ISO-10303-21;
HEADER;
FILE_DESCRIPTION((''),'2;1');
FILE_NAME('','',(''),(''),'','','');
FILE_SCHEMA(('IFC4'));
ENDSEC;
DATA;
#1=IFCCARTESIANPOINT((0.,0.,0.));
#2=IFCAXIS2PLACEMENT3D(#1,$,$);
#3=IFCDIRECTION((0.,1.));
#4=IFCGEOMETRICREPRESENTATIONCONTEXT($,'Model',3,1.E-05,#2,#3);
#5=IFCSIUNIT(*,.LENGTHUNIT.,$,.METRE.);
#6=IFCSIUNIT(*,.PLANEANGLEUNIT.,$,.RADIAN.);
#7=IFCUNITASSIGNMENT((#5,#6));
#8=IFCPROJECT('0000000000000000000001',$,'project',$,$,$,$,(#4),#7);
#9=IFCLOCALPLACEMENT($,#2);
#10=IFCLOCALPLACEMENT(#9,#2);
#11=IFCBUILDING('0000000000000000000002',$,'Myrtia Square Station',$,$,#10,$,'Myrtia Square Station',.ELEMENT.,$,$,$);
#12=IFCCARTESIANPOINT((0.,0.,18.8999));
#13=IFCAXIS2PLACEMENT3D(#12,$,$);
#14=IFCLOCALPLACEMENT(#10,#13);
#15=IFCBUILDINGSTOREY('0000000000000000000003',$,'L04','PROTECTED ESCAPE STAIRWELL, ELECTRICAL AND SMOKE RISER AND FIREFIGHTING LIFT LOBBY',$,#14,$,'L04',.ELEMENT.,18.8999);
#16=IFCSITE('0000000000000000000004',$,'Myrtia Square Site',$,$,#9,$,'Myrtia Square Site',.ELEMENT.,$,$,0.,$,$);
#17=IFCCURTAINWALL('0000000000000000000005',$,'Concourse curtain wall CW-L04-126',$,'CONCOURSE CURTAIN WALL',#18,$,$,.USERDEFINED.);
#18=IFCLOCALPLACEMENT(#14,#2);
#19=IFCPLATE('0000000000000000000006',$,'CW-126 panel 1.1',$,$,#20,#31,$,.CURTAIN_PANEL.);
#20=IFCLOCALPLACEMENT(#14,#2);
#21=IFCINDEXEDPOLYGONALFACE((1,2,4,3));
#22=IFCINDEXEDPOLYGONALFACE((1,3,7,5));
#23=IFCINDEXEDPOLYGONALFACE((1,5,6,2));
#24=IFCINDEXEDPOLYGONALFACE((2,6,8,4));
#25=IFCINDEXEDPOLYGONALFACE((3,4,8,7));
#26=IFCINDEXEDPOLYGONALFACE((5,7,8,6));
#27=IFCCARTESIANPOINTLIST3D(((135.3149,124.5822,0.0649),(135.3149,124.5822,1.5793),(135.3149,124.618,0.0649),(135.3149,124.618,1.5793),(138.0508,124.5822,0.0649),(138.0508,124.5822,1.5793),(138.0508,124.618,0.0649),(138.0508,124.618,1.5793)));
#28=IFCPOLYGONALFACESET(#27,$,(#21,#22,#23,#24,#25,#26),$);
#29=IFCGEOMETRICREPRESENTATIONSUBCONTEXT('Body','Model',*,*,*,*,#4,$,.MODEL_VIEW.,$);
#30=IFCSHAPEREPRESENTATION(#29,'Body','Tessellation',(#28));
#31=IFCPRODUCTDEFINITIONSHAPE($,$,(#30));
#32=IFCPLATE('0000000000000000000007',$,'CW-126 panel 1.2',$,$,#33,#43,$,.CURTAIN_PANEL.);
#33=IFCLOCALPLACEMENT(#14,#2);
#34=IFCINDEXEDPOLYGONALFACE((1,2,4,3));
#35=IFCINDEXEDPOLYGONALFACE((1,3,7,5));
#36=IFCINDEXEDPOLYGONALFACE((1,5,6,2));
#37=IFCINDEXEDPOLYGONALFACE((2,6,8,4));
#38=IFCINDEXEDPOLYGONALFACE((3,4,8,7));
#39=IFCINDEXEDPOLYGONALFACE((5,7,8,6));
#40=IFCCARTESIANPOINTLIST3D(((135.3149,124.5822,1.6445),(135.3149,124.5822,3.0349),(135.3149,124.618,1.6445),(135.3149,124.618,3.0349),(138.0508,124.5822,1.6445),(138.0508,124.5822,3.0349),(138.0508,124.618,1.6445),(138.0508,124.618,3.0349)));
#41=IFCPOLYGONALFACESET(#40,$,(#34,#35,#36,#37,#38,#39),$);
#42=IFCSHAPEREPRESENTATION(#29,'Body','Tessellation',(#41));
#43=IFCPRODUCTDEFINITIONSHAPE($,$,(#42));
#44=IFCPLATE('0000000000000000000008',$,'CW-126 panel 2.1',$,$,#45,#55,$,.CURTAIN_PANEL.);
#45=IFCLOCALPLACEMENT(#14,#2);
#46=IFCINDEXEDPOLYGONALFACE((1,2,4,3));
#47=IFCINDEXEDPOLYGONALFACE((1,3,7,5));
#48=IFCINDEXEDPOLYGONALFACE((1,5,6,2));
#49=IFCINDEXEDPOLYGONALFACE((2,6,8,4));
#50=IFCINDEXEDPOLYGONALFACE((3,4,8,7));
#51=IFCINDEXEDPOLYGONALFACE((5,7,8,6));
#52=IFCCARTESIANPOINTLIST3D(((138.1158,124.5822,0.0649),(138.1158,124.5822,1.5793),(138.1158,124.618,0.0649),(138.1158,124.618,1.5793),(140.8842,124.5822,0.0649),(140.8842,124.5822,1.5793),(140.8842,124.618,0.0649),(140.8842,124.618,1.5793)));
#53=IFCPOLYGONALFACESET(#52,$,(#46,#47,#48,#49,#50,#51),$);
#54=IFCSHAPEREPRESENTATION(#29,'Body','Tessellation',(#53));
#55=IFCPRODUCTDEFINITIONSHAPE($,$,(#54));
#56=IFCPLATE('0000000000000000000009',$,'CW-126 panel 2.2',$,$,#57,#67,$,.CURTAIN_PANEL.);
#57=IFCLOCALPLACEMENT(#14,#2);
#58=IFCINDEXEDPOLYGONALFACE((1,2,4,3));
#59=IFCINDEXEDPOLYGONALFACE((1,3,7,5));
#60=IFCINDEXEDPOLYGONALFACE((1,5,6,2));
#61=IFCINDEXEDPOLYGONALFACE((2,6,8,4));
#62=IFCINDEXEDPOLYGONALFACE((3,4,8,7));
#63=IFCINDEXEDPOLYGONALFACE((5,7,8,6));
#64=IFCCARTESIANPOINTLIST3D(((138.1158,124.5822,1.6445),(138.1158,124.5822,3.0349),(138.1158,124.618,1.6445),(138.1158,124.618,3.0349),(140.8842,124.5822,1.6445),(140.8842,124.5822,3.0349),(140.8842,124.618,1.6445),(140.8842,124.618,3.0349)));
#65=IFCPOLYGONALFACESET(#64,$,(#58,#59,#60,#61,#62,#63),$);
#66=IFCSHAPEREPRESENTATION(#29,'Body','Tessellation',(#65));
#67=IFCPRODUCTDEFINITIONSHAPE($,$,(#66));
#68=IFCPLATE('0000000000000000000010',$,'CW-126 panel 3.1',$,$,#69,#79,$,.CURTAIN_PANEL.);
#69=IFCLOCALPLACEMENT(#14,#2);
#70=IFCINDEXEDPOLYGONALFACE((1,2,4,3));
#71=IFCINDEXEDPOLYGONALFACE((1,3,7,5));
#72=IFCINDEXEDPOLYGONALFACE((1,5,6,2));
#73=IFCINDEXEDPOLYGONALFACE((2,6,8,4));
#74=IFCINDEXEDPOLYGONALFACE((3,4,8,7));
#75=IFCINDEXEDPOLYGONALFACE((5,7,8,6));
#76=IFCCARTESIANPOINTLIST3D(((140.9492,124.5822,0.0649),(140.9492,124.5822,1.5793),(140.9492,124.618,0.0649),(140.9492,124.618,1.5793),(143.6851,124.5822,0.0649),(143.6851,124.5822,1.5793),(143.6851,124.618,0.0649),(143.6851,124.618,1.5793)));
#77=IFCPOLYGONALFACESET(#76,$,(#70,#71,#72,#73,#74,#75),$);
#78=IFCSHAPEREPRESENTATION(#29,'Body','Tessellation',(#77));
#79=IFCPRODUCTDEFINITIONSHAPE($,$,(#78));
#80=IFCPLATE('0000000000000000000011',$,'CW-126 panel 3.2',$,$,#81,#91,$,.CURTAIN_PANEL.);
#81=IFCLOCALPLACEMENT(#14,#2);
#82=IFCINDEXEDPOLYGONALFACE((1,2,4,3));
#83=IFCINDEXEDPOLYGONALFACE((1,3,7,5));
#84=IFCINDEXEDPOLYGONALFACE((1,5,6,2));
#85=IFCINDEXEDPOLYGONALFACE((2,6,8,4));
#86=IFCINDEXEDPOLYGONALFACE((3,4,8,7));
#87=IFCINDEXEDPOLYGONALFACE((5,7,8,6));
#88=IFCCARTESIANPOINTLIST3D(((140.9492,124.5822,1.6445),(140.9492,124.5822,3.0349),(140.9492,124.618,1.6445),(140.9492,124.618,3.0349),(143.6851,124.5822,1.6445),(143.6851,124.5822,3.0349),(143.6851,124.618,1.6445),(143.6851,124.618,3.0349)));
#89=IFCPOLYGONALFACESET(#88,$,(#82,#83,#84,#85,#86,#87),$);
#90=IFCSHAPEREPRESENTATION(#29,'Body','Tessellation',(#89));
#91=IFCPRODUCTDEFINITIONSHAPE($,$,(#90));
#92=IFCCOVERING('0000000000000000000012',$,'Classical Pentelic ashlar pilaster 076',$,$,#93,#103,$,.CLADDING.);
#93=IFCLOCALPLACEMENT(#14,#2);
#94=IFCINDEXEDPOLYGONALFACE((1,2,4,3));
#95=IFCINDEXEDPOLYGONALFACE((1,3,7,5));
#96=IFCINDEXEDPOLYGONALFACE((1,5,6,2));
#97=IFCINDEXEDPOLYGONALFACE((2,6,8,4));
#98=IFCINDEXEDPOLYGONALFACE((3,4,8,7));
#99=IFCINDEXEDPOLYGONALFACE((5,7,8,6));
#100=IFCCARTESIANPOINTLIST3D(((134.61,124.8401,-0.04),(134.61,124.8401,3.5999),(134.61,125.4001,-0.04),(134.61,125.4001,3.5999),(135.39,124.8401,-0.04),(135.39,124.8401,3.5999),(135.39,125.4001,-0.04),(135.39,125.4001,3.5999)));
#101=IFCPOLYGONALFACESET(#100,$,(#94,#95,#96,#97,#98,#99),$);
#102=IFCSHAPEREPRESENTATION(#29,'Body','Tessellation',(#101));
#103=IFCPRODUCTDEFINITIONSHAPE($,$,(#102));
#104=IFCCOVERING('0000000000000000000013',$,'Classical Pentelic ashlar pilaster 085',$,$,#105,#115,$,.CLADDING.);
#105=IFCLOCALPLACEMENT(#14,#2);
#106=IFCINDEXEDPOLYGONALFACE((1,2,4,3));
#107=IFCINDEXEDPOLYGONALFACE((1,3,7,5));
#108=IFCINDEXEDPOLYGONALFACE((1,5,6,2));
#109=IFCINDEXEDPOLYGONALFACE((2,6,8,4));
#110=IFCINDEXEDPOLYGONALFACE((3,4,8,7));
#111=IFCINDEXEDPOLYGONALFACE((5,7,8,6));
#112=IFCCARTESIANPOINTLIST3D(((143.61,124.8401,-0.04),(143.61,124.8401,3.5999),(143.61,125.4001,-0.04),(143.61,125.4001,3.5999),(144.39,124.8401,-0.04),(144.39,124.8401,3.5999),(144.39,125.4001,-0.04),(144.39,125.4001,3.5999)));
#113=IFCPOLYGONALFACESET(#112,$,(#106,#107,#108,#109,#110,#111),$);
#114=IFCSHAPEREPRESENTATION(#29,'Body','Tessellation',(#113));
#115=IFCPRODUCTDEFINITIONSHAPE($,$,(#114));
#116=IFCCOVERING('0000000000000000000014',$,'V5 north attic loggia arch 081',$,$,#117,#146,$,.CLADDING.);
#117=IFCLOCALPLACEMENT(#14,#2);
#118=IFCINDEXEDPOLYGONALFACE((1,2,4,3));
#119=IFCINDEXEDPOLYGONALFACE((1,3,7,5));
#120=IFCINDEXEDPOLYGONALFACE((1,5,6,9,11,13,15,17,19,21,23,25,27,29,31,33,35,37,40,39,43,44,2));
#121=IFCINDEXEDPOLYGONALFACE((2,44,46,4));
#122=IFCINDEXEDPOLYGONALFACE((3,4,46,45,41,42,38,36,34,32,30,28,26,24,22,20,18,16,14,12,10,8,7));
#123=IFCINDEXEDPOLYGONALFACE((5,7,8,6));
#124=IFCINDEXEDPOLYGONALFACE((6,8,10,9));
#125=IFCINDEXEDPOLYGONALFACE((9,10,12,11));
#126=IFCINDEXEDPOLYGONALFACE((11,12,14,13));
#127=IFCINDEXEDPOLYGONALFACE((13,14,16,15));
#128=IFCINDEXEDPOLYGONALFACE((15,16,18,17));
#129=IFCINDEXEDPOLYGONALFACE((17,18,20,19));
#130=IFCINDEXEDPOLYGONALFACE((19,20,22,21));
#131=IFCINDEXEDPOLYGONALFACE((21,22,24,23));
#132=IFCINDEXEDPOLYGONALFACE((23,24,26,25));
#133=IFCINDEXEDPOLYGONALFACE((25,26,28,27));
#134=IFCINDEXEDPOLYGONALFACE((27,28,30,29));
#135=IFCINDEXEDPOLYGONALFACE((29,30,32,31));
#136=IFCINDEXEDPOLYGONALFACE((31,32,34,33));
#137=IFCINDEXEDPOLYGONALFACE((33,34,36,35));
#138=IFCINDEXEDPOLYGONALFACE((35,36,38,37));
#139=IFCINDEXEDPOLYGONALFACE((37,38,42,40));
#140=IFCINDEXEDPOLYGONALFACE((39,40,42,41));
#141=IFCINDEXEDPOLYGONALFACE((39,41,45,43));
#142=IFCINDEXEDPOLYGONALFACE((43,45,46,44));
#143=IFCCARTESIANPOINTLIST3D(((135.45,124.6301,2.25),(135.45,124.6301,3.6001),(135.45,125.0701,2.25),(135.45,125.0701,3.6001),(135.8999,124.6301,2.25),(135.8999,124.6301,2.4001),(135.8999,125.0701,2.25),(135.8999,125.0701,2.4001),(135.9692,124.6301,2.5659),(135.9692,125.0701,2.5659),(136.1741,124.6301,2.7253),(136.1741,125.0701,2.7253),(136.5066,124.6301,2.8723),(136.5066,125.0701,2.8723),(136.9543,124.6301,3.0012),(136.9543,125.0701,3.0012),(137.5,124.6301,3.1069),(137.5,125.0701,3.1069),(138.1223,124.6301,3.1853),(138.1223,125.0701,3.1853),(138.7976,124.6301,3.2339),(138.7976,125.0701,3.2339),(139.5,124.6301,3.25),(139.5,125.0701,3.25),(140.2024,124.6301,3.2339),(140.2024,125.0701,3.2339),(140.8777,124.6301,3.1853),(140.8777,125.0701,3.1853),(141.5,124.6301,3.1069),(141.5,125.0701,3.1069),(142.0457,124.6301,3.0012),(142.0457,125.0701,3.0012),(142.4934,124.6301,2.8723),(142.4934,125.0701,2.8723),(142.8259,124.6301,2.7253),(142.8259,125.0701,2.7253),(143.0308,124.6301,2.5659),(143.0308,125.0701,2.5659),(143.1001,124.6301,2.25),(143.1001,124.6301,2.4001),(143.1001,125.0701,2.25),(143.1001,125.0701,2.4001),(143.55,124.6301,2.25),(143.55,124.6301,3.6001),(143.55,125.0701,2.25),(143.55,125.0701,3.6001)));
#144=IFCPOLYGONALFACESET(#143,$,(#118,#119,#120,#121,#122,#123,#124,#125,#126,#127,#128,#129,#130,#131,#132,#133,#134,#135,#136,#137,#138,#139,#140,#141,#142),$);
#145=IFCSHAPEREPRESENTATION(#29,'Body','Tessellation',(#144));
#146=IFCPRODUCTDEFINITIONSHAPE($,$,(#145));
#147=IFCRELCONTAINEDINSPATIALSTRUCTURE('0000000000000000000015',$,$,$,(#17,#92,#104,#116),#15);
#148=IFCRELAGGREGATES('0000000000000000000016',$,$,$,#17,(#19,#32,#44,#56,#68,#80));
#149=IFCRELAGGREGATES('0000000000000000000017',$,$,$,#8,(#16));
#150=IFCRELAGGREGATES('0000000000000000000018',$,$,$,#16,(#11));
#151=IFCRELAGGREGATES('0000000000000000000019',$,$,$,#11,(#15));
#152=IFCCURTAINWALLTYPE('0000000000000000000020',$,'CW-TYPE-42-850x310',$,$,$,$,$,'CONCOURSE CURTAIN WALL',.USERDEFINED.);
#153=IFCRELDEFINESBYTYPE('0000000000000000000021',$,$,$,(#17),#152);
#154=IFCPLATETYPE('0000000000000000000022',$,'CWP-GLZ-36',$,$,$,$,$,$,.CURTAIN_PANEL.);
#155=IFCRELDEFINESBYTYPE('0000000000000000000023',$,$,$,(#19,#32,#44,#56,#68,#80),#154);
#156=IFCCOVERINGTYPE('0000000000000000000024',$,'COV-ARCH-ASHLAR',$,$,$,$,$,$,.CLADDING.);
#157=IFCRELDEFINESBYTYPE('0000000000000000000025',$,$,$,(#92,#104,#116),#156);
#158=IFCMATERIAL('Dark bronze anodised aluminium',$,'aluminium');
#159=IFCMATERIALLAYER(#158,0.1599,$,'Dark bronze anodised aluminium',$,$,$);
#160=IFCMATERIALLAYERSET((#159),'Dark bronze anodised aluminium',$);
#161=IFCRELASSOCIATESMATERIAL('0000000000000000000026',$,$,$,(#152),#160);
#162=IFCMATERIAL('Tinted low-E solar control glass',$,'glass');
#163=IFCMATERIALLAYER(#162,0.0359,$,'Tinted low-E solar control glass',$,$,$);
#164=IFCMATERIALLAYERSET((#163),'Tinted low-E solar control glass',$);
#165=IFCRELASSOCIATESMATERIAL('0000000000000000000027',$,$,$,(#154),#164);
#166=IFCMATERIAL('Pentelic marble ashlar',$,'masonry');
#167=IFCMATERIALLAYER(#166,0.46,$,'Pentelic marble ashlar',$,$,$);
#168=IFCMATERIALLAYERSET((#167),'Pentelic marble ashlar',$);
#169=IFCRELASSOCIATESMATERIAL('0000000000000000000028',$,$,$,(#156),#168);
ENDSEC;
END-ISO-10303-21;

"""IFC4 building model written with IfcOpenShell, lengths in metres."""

from ifc_helpers import new_model, si_unit, direction, frame, origin, origin_2d, place, context, subcontext, project, spatial, polyline, rectangle, outline, extrude, material, layer, layer_set, type_object, element, aggregate, save


model = new_model("IFC4")

# Units and contexts
model_context = context("Model", 3, precision=1e-05, world=origin(), true_north=direction((0.0, 1.0)))
body_context = subcontext(model_context, "Body", "Model", "MODEL_VIEW")
ifc_project = project(units=[si_unit("LENGTHUNIT", "METRE"), si_unit("PLANEANGLEUNIT", "RADIAN")], contexts=[model_context])

# Site, building, storey
site_placement = place(None, origin())
site = spatial("IfcSite", under=ifc_project, at=site_placement, Name="Myrtia Square Site", LongName="Myrtia Square Site", CompositionType="ELEMENT", RefElevation=0.0)
building_placement = place(site_placement, origin())
building = spatial("IfcBuilding", under=site, at=building_placement, Name="Myrtia Square Station", LongName="Myrtia Square Station", CompositionType="ELEMENT")
storey_placement = place(building_placement, frame((0.0, 0.0, 18.8999)))
storey = spatial("IfcBuildingStorey", under=building, at=storey_placement, Name="L04", Description="PROTECTED ESCAPE STAIRWELL, ELECTRICAL AND SMOKE RISER AND FIREFIGHTING LIFT LOBBY", LongName="L04", CompositionType="ELEMENT", Elevation=18.8999)

# Shared definitions
ifc_material_1 = material(Name="Dark bronze anodised aluminium", Category="aluminium")
ifc_layer_1 = layer(ifc_material_1, 0.1599, Name="Dark bronze anodised aluminium")
ifc_layer_set_1 = layer_set([ifc_layer_1], Name="Dark bronze anodised aluminium")
curtain_wall_type = type_object("IfcCurtainWallType", Name="CW-TYPE-42-850x310", ElementType="CONCOURSE CURTAIN WALL", PredefinedType="USERDEFINED", material=ifc_layer_set_1)

# Curtain wall
curtain_wall_1_placement = place(storey_placement, origin())
curtain_wall_1 = element("IfcCurtainWall", 1, at=curtain_wall_1_placement, inside=storey, type_object=curtain_wall_type, Name="Concourse curtain wall CW-L04-126", ObjectType="CONCOURSE CURTAIN WALL", PredefinedType="USERDEFINED")

# Plates
ifc_material_2 = material(Name="Tinted low-E solar control glass", Category="glass")
ifc_layer_2 = layer(ifc_material_2, 0.0359, Name="Tinted low-E solar control glass")
ifc_layer_set_2 = layer_set([ifc_layer_2], Name="Tinted low-E solar control glass")
plate_type_1 = type_object("IfcPlateType", Name="CWP-GLZ-36", PredefinedType="CURTAIN_PANEL", material=ifc_layer_set_2)
plate_1_placement = place(storey_placement, frame((136.6829, 124.6001, 0.0649), z_axis=(0.0, 0.0, 1.0), x_axis=(1.0, 0.0, 0.0)))
plate_1 = element("IfcPlate", 2, at=plate_1_placement, type_object=plate_type_1, Name="CW-126 panel 1.1", PredefinedType="CURTAIN_PANEL", context=body_context, shape_type="SweptSolid", body=[
    extrude(rectangle(XDim=2.7358, YDim=0.0359, at=origin_2d()), origin(), (0.0, 0.0, 1.0), 1.5144),
])
plate_2_placement = place(storey_placement, frame((136.6829, 124.6001, 1.6445), z_axis=(0.0, 0.0, 1.0), x_axis=(1.0, 0.0, 0.0)))
plate_2 = element("IfcPlate", 3, at=plate_2_placement, type_object=plate_type_1, Name="CW-126 panel 1.2", PredefinedType="CURTAIN_PANEL", context=body_context, shape_type="SweptSolid", body=[
    extrude(rectangle(XDim=2.7358, YDim=0.0359, at=origin_2d()), origin(), (0.0, 0.0, 1.0), 1.3904),
])
plate_3_placement = place(storey_placement, frame((139.5, 124.6001, 0.0649), z_axis=(0.0, 0.0, 1.0), x_axis=(1.0, 0.0, 0.0)))
plate_3 = element("IfcPlate", 4, at=plate_3_placement, type_object=plate_type_1, Name="CW-126 panel 2.1", PredefinedType="CURTAIN_PANEL", context=body_context, shape_type="SweptSolid", body=[
    extrude(rectangle(XDim=2.7683, YDim=0.0359, at=origin_2d()), origin(), (0.0, 0.0, 1.0), 1.5144),
])
plate_4_placement = place(storey_placement, frame((139.5, 124.6001, 1.6445), z_axis=(0.0, 0.0, 1.0), x_axis=(1.0, 0.0, 0.0)))
plate_4 = element("IfcPlate", 5, at=plate_4_placement, type_object=plate_type_1, Name="CW-126 panel 2.2", PredefinedType="CURTAIN_PANEL", context=body_context, shape_type="SweptSolid", body=[
    extrude(rectangle(XDim=2.7683, YDim=0.0359, at=origin_2d()), origin(), (0.0, 0.0, 1.0), 1.3904),
])
plate_5_placement = place(storey_placement, frame((142.3171, 124.6001, 0.0649), z_axis=(0.0, 0.0, 1.0), x_axis=(1.0, 0.0, 0.0)))
plate_5 = element("IfcPlate", 6, at=plate_5_placement, type_object=plate_type_1, Name="CW-126 panel 3.1", PredefinedType="CURTAIN_PANEL", context=body_context, shape_type="SweptSolid", body=[
    extrude(rectangle(XDim=2.7358, YDim=0.0359, at=origin_2d()), origin(), (0.0, 0.0, 1.0), 1.5144),
])
plate_6_placement = place(storey_placement, frame((142.3171, 124.6001, 1.6445), z_axis=(0.0, 0.0, 1.0), x_axis=(1.0, 0.0, 0.0)))
plate_6 = element("IfcPlate", 7, at=plate_6_placement, type_object=plate_type_1, Name="CW-126 panel 3.2", PredefinedType="CURTAIN_PANEL", context=body_context, shape_type="SweptSolid", body=[
    extrude(rectangle(XDim=2.7358, YDim=0.0359, at=origin_2d()), origin(), (0.0, 0.0, 1.0), 1.3904),
])
aggregate(curtain_wall_1, [plate_1, plate_2, plate_3, plate_4, plate_5, plate_6])

# Coverings
ifc_material_3 = material(Name="Pentelic marble ashlar", Category="masonry")
ifc_layer_3 = layer(ifc_material_3, 0.46, Name="Pentelic marble ashlar")
ifc_layer_set_3 = layer_set([ifc_layer_3], Name="Pentelic marble ashlar")
covering_type = type_object("IfcCoveringType", Name="COV-ARCH-ASHLAR", PredefinedType="CLADDING", material=ifc_layer_set_3)
for number, where, z_axis, x_axis, name in (
    (8, (135.0, 125.1201, -0.04), (0.0, 0.0, 1.0), (1.0, 0.0, 0.0), "Classical Pentelic ashlar pilaster 076"),
    (9, (144.0, 125.1201, -0.04), (0.0, 0.0, 1.0), (1.0, 0.0, 0.0), "Classical Pentelic ashlar pilaster 085"),
):
    element("IfcCovering", number, at=place(storey_placement, frame(where, z_axis=z_axis, x_axis=x_axis)), inside=storey, type_object=covering_type, Name=name, PredefinedType="CLADDING", context=body_context, shape_type="SweptSolid", body=[
        extrude(rectangle(XDim=0.78, YDim=0.5601, at=origin_2d()), origin(), (0.0, 0.0, 1.0), 3.6399),
    ])
covering_placement = place(storey_placement, frame((135.45, 124.8501, 2.25), z_axis=(0.0, 0.0, 1.0), x_axis=(1.0, 0.0, 0.0)))
element("IfcCovering", 10, at=covering_placement, inside=storey, type_object=covering_type, Name="V5 north attic loggia arch 081", PredefinedType="CLADDING", context=body_context, shape_type="SweptSolid", body=[
    extrude(outline(polyline([(0.0, 0.0), (0.45, 0.0), (0.45, 0.1501), (0.5193, 0.3159), (0.7241, 0.4753), (1.0566, 0.6223), (1.5044, 0.7512), (2.05, 0.8569), (2.6724, 0.9353), (3.3477, 0.9839), (4.05, 1.0), (4.7524, 0.9839), (5.4277, 0.9353), (6.05, 0.8569), (6.5957, 0.7512), (7.0435, 0.6223), (7.376, 0.4753), (7.5808, 0.3159), (7.6501, 0.1501), (7.6501, 0.0), (8.1001, 0.0), (8.1001, 1.3501), (0.0, 1.3501), (0.0, 0.0)])), frame((0.0, 0.22, 0.0), z_axis=(0.0, -1.0, 0.0), x_axis=(1.0, 0.0, 0.0)), (0.0, 0.0, 1.0), 0.4399),
])

save(model, "model.ifc")
